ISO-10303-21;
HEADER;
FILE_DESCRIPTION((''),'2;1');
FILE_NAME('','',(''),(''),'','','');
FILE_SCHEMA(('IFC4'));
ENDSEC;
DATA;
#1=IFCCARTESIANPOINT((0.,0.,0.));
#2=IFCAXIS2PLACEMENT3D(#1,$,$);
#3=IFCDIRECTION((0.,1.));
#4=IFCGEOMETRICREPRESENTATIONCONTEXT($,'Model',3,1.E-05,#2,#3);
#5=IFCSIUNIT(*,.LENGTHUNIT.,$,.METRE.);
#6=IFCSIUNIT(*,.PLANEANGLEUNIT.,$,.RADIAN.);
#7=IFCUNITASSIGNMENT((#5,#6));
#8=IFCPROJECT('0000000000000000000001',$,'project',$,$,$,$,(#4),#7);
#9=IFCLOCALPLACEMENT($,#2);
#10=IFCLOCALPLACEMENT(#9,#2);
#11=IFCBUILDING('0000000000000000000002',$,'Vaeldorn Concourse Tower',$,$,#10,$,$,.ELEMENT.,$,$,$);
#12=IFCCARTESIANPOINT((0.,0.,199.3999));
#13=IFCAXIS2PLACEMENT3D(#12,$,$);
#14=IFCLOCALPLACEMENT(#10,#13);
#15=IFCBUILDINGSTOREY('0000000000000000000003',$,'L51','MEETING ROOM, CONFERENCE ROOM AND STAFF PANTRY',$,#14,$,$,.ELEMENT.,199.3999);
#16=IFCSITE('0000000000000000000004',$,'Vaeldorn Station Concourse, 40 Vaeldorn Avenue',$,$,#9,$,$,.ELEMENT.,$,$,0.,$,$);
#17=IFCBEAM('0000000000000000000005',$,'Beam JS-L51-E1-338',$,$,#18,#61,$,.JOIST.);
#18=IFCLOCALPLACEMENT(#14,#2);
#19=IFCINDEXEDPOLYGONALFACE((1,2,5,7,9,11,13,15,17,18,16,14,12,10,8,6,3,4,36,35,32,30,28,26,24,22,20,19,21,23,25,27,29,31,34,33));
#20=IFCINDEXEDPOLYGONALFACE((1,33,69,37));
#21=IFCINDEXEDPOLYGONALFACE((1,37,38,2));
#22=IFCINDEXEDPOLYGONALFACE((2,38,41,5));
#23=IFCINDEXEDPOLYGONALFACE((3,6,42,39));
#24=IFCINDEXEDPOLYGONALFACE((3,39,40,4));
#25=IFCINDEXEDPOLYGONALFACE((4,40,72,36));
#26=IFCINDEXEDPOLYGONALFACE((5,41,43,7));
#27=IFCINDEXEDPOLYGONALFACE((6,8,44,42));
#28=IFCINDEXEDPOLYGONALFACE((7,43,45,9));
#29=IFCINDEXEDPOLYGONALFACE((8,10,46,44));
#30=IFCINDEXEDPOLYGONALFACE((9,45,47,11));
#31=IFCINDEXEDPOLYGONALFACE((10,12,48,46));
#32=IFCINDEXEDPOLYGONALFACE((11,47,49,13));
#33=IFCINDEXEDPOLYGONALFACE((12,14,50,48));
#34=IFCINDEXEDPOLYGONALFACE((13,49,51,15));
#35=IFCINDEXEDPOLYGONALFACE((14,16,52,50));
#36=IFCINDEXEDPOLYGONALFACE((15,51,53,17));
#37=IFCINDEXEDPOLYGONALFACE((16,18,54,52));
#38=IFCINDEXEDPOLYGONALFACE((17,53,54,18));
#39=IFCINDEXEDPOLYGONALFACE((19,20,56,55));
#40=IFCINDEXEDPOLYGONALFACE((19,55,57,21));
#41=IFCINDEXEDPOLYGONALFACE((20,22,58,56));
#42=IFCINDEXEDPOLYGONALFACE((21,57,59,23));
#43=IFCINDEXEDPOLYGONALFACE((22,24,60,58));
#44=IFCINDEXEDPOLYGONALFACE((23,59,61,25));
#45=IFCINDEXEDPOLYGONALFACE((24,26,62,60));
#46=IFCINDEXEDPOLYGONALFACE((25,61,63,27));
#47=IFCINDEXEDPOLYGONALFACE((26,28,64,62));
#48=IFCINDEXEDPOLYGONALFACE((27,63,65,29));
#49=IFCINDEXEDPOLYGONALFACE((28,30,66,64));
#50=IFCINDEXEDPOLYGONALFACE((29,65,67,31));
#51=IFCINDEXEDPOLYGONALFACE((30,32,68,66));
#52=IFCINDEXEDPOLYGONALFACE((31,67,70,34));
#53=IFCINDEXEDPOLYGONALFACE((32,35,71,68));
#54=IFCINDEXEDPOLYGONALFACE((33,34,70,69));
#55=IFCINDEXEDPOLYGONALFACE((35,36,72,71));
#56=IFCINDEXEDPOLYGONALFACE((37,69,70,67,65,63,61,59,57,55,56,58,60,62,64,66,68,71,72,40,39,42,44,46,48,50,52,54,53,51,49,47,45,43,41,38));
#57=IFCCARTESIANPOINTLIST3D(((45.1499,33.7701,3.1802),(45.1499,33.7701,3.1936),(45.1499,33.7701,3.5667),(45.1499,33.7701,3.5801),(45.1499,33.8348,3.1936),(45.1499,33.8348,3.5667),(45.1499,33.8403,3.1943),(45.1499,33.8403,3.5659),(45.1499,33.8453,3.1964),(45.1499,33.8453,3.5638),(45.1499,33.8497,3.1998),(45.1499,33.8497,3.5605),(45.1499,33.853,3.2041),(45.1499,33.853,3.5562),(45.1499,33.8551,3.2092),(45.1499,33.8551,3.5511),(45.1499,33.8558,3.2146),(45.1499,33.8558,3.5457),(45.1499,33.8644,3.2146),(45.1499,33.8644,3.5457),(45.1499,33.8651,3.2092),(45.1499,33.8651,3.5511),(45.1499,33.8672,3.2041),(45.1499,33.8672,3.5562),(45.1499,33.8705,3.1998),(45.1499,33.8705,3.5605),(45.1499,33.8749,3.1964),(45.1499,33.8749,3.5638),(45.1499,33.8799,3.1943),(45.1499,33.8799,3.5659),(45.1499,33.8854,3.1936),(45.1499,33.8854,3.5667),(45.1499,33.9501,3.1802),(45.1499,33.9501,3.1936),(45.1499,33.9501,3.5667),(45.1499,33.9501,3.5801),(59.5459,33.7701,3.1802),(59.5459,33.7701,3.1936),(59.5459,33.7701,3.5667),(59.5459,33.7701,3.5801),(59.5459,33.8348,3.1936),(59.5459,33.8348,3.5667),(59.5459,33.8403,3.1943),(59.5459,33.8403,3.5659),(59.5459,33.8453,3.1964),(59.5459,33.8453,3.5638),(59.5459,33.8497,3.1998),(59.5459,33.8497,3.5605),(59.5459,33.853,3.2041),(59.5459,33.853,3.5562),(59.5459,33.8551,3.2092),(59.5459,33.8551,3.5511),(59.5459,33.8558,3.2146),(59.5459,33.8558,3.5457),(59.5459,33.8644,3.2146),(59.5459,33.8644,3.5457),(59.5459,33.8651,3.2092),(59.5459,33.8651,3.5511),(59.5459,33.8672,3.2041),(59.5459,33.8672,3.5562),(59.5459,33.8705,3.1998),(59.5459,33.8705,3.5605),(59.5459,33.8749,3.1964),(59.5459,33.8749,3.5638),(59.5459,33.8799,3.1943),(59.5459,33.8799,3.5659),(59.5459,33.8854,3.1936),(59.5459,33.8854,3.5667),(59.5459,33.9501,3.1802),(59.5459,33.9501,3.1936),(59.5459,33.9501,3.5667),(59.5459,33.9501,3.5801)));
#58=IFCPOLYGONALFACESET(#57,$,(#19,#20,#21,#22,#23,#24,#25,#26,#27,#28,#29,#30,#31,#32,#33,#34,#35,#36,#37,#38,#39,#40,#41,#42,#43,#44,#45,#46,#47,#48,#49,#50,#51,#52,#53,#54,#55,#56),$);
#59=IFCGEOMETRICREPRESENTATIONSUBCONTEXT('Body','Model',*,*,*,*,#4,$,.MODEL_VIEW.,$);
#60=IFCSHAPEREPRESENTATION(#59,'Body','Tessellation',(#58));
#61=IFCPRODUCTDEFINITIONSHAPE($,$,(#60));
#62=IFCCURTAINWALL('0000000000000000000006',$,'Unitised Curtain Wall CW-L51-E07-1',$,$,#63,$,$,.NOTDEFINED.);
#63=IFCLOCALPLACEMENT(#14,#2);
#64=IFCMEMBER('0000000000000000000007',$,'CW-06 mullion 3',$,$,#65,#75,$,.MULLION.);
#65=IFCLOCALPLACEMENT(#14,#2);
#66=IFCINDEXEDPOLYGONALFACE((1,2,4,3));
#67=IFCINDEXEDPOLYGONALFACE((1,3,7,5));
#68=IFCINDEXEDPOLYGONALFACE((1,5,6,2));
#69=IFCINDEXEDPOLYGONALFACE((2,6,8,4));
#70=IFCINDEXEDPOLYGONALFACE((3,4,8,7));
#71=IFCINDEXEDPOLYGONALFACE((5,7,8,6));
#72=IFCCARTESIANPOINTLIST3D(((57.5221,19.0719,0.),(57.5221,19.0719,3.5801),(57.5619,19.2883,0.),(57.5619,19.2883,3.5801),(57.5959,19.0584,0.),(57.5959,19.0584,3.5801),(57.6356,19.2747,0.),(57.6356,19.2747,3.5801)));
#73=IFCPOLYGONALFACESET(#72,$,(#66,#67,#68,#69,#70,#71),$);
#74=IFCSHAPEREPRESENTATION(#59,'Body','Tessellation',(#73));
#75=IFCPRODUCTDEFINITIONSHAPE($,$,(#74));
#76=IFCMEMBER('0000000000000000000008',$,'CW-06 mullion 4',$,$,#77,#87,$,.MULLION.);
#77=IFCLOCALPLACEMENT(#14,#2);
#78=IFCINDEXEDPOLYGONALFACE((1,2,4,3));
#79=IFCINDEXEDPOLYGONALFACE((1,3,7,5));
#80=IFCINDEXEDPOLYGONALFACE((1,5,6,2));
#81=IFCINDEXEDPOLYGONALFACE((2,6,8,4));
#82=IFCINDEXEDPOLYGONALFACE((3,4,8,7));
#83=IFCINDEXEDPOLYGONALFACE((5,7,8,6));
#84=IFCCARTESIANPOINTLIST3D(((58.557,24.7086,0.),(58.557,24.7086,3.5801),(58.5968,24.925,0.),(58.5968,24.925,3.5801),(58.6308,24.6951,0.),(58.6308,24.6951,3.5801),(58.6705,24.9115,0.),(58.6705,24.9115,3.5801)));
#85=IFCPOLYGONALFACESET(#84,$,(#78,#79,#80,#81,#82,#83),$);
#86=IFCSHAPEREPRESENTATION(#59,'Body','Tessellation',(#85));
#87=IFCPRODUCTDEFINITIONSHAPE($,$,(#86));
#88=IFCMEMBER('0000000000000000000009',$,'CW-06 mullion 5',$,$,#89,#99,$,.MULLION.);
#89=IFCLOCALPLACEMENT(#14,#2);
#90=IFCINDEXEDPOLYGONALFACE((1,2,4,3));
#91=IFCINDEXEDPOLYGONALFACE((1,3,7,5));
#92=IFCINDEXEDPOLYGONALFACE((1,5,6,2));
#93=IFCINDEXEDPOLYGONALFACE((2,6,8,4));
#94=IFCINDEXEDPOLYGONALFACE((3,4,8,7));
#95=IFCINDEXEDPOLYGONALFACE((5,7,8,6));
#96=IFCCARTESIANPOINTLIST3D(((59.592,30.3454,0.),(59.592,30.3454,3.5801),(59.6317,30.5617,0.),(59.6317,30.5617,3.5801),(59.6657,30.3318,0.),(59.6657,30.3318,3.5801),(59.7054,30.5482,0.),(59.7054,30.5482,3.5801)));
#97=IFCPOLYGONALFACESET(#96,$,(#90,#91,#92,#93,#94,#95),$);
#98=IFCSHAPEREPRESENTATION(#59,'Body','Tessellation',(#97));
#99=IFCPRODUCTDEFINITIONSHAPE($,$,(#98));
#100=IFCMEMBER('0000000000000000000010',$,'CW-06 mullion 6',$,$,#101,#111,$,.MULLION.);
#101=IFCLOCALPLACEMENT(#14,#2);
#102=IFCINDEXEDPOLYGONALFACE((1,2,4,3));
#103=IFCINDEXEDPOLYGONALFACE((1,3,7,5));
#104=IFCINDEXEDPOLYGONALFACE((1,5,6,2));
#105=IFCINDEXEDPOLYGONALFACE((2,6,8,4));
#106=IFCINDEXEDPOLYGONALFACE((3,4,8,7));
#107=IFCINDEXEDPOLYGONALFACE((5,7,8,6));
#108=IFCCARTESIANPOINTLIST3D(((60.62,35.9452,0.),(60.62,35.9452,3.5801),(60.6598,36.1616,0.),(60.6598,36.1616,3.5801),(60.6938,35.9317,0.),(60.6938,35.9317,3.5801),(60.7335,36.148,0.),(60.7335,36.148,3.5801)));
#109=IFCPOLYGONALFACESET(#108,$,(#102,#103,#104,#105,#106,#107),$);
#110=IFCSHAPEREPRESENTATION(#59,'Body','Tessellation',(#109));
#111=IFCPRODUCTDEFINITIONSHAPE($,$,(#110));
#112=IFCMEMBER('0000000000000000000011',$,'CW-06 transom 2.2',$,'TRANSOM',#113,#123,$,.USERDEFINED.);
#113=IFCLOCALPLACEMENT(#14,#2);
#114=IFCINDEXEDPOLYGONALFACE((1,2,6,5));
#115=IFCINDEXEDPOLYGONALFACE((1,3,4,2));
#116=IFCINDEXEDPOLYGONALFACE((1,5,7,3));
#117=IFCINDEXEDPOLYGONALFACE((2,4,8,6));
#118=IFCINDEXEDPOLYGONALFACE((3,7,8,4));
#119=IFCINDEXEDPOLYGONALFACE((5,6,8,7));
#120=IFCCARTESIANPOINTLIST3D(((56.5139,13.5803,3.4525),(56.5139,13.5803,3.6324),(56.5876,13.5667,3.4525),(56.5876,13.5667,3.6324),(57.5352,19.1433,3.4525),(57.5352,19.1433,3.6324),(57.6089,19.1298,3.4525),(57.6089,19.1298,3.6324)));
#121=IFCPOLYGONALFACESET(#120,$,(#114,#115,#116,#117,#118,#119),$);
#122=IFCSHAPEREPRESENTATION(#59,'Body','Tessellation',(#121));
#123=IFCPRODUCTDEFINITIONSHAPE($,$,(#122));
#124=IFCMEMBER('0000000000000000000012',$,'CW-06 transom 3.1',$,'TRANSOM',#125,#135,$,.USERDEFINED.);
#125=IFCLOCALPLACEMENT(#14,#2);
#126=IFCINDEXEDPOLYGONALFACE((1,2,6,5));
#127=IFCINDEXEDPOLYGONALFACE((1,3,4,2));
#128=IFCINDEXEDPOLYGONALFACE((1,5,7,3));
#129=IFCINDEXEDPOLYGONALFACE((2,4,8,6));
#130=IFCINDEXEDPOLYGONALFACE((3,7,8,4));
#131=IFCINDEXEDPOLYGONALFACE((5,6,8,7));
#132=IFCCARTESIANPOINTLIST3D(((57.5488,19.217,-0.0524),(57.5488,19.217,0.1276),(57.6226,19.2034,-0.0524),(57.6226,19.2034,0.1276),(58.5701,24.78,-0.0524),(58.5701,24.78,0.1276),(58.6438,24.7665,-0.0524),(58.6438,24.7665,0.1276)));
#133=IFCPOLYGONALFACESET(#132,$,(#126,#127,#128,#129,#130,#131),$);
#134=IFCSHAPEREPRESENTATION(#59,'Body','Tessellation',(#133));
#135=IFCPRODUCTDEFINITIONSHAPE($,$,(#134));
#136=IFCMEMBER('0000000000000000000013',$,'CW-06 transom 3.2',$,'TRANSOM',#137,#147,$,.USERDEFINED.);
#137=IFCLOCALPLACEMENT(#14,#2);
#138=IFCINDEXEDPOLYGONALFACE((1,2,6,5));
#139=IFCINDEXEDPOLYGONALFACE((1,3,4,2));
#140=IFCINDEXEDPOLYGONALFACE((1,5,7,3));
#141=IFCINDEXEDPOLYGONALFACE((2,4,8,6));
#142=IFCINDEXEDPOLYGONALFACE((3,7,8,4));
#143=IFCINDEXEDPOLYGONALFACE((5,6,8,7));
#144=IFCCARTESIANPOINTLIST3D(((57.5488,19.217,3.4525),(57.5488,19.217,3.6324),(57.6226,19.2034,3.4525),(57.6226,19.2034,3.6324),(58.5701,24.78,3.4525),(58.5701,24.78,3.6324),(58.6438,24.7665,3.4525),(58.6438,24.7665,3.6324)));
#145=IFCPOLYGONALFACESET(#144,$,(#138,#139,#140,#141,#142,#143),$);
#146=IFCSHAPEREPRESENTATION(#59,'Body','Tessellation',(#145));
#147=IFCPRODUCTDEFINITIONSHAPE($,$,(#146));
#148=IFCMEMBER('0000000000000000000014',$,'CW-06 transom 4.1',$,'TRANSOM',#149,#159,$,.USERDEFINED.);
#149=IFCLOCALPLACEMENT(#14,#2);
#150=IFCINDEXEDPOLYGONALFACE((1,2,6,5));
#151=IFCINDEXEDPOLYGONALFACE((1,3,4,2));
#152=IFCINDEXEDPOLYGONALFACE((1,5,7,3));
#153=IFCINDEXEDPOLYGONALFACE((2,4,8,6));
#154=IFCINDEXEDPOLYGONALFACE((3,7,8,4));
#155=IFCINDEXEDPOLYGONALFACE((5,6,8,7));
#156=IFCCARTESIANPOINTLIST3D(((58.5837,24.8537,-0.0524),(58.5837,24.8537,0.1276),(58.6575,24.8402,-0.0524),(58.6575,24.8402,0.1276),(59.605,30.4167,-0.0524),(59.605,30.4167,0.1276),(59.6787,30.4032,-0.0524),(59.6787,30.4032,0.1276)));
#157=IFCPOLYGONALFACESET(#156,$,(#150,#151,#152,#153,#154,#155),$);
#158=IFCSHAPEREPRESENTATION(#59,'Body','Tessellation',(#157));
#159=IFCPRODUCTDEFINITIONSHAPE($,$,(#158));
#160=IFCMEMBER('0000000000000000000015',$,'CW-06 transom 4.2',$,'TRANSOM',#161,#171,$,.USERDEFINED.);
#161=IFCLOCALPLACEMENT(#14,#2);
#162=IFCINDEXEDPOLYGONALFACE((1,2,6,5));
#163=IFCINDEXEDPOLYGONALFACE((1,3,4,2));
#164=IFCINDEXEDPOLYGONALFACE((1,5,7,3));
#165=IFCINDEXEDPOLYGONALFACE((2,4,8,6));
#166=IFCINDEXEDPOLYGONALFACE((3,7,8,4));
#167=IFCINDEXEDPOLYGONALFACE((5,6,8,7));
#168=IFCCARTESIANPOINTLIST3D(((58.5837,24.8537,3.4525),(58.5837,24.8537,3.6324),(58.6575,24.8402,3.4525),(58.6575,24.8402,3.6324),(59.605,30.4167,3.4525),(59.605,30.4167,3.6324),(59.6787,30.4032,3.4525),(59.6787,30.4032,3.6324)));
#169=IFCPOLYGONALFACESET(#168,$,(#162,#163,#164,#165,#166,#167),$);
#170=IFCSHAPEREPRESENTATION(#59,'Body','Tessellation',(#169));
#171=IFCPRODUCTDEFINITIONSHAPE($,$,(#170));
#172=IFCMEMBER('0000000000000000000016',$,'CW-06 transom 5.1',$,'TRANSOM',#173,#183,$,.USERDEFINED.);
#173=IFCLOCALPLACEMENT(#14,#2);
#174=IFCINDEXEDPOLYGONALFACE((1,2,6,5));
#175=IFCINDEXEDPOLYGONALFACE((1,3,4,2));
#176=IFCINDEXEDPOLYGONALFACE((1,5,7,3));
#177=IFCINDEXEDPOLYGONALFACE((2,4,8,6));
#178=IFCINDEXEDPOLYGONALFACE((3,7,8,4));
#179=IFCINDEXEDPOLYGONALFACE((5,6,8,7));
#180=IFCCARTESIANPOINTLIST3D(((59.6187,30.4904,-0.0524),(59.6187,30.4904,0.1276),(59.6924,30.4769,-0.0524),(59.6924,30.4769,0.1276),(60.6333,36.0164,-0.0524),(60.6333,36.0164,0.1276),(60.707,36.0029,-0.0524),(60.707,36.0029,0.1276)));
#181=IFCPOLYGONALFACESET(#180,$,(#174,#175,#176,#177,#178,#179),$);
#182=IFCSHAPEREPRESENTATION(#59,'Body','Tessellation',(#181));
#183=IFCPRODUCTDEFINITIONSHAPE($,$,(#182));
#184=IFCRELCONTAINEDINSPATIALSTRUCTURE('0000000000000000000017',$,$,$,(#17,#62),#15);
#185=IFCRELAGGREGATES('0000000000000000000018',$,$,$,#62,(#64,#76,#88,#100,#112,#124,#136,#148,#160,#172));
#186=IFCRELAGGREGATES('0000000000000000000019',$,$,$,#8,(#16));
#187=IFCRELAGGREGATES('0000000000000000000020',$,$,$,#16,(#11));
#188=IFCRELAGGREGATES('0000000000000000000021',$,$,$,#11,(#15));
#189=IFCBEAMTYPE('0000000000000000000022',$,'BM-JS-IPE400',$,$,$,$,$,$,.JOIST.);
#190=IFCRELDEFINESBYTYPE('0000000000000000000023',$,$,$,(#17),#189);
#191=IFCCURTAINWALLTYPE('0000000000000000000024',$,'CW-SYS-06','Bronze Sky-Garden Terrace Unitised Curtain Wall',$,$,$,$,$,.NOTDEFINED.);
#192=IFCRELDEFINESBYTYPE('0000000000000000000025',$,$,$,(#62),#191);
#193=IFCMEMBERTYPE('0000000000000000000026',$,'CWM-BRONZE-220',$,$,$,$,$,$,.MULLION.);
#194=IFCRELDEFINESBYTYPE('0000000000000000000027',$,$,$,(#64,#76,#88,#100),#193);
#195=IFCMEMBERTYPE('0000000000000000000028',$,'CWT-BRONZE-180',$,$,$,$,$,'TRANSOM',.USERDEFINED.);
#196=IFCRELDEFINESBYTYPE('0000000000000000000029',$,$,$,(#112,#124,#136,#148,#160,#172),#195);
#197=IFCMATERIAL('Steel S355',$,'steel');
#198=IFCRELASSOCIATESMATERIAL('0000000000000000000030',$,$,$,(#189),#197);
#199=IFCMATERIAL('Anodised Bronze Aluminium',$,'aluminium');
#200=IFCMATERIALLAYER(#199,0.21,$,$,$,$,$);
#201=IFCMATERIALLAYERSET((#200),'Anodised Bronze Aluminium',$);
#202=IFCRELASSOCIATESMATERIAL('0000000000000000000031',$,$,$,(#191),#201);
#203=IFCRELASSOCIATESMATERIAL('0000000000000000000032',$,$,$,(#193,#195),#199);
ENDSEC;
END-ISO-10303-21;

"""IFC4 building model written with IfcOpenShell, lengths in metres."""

from ifc_helpers import new_model, si_unit, direction, frame, origin, origin_2d, place, context, subcontext, project, spatial, rectangle, i_section, extrude, source, transform, mapped, material, layer, layer_set, material_profile, profile_set, type_object, element, aggregate, save


model = new_model("IFC4")

# Units and contexts
model_context = context("Model", 3, precision=1e-05, world=origin(), true_north=direction((0.0, 1.0)))
body_context = subcontext(model_context, "Body", "Model", "MODEL_VIEW")
ifc_project = project(units=[si_unit("LENGTHUNIT", "METRE"), si_unit("PLANEANGLEUNIT", "RADIAN")], contexts=[model_context])

# Site, building, storey
site_placement = place(None, origin())
site = spatial("IfcSite", under=ifc_project, at=site_placement, Name="Vaeldorn Station Concourse, 40 Vaeldorn Avenue", CompositionType="ELEMENT", RefElevation=0.0)
building_placement = place(site_placement, origin())
building = spatial("IfcBuilding", under=site, at=building_placement, Name="Vaeldorn Concourse Tower", CompositionType="ELEMENT")
storey_placement = place(building_placement, frame((0.0, 0.0, 199.3999)))
storey = spatial("IfcBuildingStorey", under=building, at=storey_placement, Name="L51", Description="MEETING ROOM, CONFERENCE ROOM AND STAFF PANTRY", CompositionType="ELEMENT", Elevation=199.3999)

# Shared definitions
ifc_material_1 = material(Name="Steel S355", Category="steel")

# Beam
ifc_material_profile_1 = material_profile(ifc_material_1, i_section(OverallWidth=0.1799, OverallDepth=0.3999, WebThickness=0.0085, FlangeThickness=0.0134, FilletRadius=0.021, at=origin_2d()), Name="IPE 400")
ifc_profile_set_1 = profile_set([ifc_material_profile_1], Name="Steel S355")
beam_type_1 = type_object("IfcBeamType", Name="BM-JS-IPE400", PredefinedType="JOIST", material=ifc_profile_set_1)
shared_shape_1 = source(origin(), body_context, "Body", "SweptSolid", [
    extrude(i_section(OverallWidth=0.1799, OverallDepth=0.3999, WebThickness=0.0085, FlangeThickness=0.0134, FilletRadius=0.021, at=origin_2d()), origin(), (0.0, 0.0, 1.0), 14.396),
])
beam_1_placement = place(storey_placement, frame((45.1499, 33.8601, 3.3801), z_axis=(1.0, 0.0, 0.0), x_axis=(0.0, 1.0, 0.0)))
element("IfcBeam", 1, at=beam_1_placement, inside=storey, type_object=beam_type_1, Name="Beam JS-L51-E1-338", PredefinedType="JOIST", context=body_context, shape_type="MappedRepresentation", body=[
    mapped(shared_shape_1, transform((0.0, 0.0, 0.0), scale=1.0)),
])

# Curtain wall, members
ifc_material_2 = material(Name="Anodised Bronze Aluminium", Category="aluminium")
ifc_layer_1 = layer(ifc_material_2, 0.21)
ifc_layer_set_1 = layer_set([ifc_layer_1], Name="Anodised Bronze Aluminium")
curtain_wall_type = type_object("IfcCurtainWallType", Name="CW-SYS-06", Description="Bronze Sky-Garden Terrace Unitised Curtain Wall", PredefinedType="NOTDEFINED", material=ifc_layer_set_1)
curtain_wall_placement = place(storey_placement, origin())
curtain_wall = element("IfcCurtainWall", 2, at=curtain_wall_placement, inside=storey, type_object=curtain_wall_type, Name="Unitised Curtain Wall CW-L51-E07-1", PredefinedType="NOTDEFINED")
ifc_material_profile_2 = material_profile(ifc_material_2, rectangle(XDim=0.075, YDim=0.22, at=origin_2d()), Name="CWM 75x220")
ifc_profile_set_2 = profile_set([ifc_material_profile_2], Name="Anodised Bronze Aluminium")
member_type_1 = type_object("IfcMemberType", Name="CWM-BRONZE-220", PredefinedType="MULLION", material=ifc_profile_set_2)
shared_shape_2 = source(origin(), body_context, "Body", "SweptSolid", [
    extrude(rectangle(XDim=0.075, YDim=0.22, at=origin_2d()), origin(), (0.0, 0.0, 1.0), 3.5801),
])
member_1_placement = place(storey_placement, frame((57.5789, 19.1733, 0.0), z_axis=(0.0, 0.0, 1.0), x_axis=(-0.983559, 0.180585, 0.0)))
member_1 = element("IfcMember", 3, at=member_1_placement, type_object=member_type_1, Name="CW-06 mullion 3", PredefinedType="MULLION", context=body_context, shape_type="MappedRepresentation", body=[
    mapped(shared_shape_2, transform((0.0, 0.0, 0.0), scale=1.0)),
])
member_2_placement = place(storey_placement, frame((58.6138, 24.8101, 0.0), z_axis=(0.0, 0.0, 1.0), x_axis=(-0.983559, 0.180585, 0.0)))
member_2 = element("IfcMember", 4, at=member_2_placement, type_object=member_type_1, Name="CW-06 mullion 4", PredefinedType="MULLION", context=body_context, shape_type="MappedRepresentation", body=[
    mapped(shared_shape_2, transform((0.0, 0.0, 0.0), scale=1.0)),
])
member_3_placement = place(storey_placement, frame((59.6487, 30.4468, 0.0), z_axis=(0.0, 0.0, 1.0), x_axis=(-0.983559, 0.180585, 0.0)))
member_3 = element("IfcMember", 5, at=member_3_placement, type_object=member_type_1, Name="CW-06 mullion 5", PredefinedType="MULLION", context=body_context, shape_type="MappedRepresentation", body=[
    mapped(shared_shape_2, transform((0.0, 0.0, 0.0), scale=1.0)),
])
member_4_placement = place(storey_placement, frame((60.6768, 36.0466, 0.0), z_axis=(0.0, 0.0, 1.0), x_axis=(-0.983559, 0.180585, 0.0)))
member_4 = element("IfcMember", 6, at=member_4_placement, type_object=member_type_1, Name="CW-06 mullion 6", PredefinedType="MULLION", context=body_context, shape_type="MappedRepresentation", body=[
    mapped(shared_shape_2, transform((0.0, 0.0, 0.0), scale=1.0)),
])
ifc_material_profile_3 = material_profile(ifc_material_2, rectangle(XDim=0.075, YDim=0.1799, at=origin_2d()), Name="CWT 75x180")
ifc_profile_set_3 = profile_set([ifc_material_profile_3], Name="Anodised Bronze Aluminium")
member_type_2 = type_object("IfcMemberType", Name="CWT-BRONZE-180", ElementType="TRANSOM", PredefinedType="USERDEFINED", material=ifc_profile_set_3)
shared_shape_3 = source(origin(), body_context, "Body", "SweptSolid", [
    extrude(rectangle(XDim=0.075, YDim=0.1799, at=origin_2d()), origin(), (0.0, 0.0, 1.0), 5.656),
])
member_5_placement = place(storey_placement, frame((56.5508, 13.5735, 3.5425), z_axis=(0.18056, 0.983564, 0.0), x_axis=(-0.983564, 0.18056, 0.0)))
member_5 = element("IfcMember", 7, at=member_5_placement, type_object=member_type_2, Name="CW-06 transom 2.2", ObjectType="TRANSOM", PredefinedType="USERDEFINED", context=body_context, shape_type="MappedRepresentation", body=[
    mapped(shared_shape_3, transform((0.0, 0.0, 0.0), scale=1.0)),
])
member_6_placement = place(storey_placement, frame((57.5857, 19.2102, 0.0376), z_axis=(0.18056, 0.983564, 0.0), x_axis=(-0.983564, 0.18056, 0.0)))
member_6 = element("IfcMember", 8, at=member_6_placement, type_object=member_type_2, Name="CW-06 transom 3.1", ObjectType="TRANSOM", PredefinedType="USERDEFINED", context=body_context, shape_type="MappedRepresentation", body=[
    mapped(shared_shape_3, transform((0.0, 0.0, 0.0), scale=1.0)),
])
member_7_placement = place(storey_placement, frame((57.5857, 19.2102, 3.5425), z_axis=(0.18056, 0.983564, 0.0), x_axis=(-0.983564, 0.18056, 0.0)))
member_7 = element("IfcMember", 9, at=member_7_placement, type_object=member_type_2, Name="CW-06 transom 3.2", ObjectType="TRANSOM", PredefinedType="USERDEFINED", context=body_context, shape_type="MappedRepresentation", body=[
    mapped(shared_shape_3, transform((0.0, 0.0, 0.0), scale=1.0)),
])
member_8_placement = place(storey_placement, frame((58.6206, 24.8469, 0.0376), z_axis=(0.18056, 0.983564, 0.0), x_axis=(-0.983564, 0.18056, 0.0)))
member_8 = element("IfcMember", 10, at=member_8_placement, type_object=member_type_2, Name="CW-06 transom 4.1", ObjectType="TRANSOM", PredefinedType="USERDEFINED", context=body_context, shape_type="MappedRepresentation", body=[
    mapped(shared_shape_3, transform((0.0, 0.0, 0.0), scale=1.0)),
])
member_9_placement = place(storey_placement, frame((58.6206, 24.8469, 3.5425), z_axis=(0.18056, 0.983564, 0.0), x_axis=(-0.983564, 0.18056, 0.0)))
member_9 = element("IfcMember", 11, at=member_9_placement, type_object=member_type_2, Name="CW-06 transom 4.2", ObjectType="TRANSOM", PredefinedType="USERDEFINED", context=body_context, shape_type="MappedRepresentation", body=[
    mapped(shared_shape_3, transform((0.0, 0.0, 0.0), scale=1.0)),
])
shared_shape_4 = source(origin(), body_context, "Body", "SweptSolid", [
    extrude(rectangle(XDim=0.075, YDim=0.1799, at=origin_2d()), origin(), (0.0, 0.0, 1.0), 5.6184),
])
member_10_placement = place(storey_placement, frame((59.6555, 30.4836, 0.0376), z_axis=(0.180591, 0.983558, 0.0), x_axis=(-0.983558, 0.180591, 0.0)))
member_10 = element("IfcMember", 12, at=member_10_placement, type_object=member_type_2, Name="CW-06 transom 5.1", ObjectType="TRANSOM", PredefinedType="USERDEFINED", context=body_context, shape_type="MappedRepresentation", body=[
    mapped(shared_shape_4, transform((0.0, 0.0, 0.0), scale=1.0)),
])
aggregate(curtain_wall, [member_1, member_2, member_3, member_4, member_5, member_6, member_7, member_8, member_9, member_10])

save(model, "model.ifc")
